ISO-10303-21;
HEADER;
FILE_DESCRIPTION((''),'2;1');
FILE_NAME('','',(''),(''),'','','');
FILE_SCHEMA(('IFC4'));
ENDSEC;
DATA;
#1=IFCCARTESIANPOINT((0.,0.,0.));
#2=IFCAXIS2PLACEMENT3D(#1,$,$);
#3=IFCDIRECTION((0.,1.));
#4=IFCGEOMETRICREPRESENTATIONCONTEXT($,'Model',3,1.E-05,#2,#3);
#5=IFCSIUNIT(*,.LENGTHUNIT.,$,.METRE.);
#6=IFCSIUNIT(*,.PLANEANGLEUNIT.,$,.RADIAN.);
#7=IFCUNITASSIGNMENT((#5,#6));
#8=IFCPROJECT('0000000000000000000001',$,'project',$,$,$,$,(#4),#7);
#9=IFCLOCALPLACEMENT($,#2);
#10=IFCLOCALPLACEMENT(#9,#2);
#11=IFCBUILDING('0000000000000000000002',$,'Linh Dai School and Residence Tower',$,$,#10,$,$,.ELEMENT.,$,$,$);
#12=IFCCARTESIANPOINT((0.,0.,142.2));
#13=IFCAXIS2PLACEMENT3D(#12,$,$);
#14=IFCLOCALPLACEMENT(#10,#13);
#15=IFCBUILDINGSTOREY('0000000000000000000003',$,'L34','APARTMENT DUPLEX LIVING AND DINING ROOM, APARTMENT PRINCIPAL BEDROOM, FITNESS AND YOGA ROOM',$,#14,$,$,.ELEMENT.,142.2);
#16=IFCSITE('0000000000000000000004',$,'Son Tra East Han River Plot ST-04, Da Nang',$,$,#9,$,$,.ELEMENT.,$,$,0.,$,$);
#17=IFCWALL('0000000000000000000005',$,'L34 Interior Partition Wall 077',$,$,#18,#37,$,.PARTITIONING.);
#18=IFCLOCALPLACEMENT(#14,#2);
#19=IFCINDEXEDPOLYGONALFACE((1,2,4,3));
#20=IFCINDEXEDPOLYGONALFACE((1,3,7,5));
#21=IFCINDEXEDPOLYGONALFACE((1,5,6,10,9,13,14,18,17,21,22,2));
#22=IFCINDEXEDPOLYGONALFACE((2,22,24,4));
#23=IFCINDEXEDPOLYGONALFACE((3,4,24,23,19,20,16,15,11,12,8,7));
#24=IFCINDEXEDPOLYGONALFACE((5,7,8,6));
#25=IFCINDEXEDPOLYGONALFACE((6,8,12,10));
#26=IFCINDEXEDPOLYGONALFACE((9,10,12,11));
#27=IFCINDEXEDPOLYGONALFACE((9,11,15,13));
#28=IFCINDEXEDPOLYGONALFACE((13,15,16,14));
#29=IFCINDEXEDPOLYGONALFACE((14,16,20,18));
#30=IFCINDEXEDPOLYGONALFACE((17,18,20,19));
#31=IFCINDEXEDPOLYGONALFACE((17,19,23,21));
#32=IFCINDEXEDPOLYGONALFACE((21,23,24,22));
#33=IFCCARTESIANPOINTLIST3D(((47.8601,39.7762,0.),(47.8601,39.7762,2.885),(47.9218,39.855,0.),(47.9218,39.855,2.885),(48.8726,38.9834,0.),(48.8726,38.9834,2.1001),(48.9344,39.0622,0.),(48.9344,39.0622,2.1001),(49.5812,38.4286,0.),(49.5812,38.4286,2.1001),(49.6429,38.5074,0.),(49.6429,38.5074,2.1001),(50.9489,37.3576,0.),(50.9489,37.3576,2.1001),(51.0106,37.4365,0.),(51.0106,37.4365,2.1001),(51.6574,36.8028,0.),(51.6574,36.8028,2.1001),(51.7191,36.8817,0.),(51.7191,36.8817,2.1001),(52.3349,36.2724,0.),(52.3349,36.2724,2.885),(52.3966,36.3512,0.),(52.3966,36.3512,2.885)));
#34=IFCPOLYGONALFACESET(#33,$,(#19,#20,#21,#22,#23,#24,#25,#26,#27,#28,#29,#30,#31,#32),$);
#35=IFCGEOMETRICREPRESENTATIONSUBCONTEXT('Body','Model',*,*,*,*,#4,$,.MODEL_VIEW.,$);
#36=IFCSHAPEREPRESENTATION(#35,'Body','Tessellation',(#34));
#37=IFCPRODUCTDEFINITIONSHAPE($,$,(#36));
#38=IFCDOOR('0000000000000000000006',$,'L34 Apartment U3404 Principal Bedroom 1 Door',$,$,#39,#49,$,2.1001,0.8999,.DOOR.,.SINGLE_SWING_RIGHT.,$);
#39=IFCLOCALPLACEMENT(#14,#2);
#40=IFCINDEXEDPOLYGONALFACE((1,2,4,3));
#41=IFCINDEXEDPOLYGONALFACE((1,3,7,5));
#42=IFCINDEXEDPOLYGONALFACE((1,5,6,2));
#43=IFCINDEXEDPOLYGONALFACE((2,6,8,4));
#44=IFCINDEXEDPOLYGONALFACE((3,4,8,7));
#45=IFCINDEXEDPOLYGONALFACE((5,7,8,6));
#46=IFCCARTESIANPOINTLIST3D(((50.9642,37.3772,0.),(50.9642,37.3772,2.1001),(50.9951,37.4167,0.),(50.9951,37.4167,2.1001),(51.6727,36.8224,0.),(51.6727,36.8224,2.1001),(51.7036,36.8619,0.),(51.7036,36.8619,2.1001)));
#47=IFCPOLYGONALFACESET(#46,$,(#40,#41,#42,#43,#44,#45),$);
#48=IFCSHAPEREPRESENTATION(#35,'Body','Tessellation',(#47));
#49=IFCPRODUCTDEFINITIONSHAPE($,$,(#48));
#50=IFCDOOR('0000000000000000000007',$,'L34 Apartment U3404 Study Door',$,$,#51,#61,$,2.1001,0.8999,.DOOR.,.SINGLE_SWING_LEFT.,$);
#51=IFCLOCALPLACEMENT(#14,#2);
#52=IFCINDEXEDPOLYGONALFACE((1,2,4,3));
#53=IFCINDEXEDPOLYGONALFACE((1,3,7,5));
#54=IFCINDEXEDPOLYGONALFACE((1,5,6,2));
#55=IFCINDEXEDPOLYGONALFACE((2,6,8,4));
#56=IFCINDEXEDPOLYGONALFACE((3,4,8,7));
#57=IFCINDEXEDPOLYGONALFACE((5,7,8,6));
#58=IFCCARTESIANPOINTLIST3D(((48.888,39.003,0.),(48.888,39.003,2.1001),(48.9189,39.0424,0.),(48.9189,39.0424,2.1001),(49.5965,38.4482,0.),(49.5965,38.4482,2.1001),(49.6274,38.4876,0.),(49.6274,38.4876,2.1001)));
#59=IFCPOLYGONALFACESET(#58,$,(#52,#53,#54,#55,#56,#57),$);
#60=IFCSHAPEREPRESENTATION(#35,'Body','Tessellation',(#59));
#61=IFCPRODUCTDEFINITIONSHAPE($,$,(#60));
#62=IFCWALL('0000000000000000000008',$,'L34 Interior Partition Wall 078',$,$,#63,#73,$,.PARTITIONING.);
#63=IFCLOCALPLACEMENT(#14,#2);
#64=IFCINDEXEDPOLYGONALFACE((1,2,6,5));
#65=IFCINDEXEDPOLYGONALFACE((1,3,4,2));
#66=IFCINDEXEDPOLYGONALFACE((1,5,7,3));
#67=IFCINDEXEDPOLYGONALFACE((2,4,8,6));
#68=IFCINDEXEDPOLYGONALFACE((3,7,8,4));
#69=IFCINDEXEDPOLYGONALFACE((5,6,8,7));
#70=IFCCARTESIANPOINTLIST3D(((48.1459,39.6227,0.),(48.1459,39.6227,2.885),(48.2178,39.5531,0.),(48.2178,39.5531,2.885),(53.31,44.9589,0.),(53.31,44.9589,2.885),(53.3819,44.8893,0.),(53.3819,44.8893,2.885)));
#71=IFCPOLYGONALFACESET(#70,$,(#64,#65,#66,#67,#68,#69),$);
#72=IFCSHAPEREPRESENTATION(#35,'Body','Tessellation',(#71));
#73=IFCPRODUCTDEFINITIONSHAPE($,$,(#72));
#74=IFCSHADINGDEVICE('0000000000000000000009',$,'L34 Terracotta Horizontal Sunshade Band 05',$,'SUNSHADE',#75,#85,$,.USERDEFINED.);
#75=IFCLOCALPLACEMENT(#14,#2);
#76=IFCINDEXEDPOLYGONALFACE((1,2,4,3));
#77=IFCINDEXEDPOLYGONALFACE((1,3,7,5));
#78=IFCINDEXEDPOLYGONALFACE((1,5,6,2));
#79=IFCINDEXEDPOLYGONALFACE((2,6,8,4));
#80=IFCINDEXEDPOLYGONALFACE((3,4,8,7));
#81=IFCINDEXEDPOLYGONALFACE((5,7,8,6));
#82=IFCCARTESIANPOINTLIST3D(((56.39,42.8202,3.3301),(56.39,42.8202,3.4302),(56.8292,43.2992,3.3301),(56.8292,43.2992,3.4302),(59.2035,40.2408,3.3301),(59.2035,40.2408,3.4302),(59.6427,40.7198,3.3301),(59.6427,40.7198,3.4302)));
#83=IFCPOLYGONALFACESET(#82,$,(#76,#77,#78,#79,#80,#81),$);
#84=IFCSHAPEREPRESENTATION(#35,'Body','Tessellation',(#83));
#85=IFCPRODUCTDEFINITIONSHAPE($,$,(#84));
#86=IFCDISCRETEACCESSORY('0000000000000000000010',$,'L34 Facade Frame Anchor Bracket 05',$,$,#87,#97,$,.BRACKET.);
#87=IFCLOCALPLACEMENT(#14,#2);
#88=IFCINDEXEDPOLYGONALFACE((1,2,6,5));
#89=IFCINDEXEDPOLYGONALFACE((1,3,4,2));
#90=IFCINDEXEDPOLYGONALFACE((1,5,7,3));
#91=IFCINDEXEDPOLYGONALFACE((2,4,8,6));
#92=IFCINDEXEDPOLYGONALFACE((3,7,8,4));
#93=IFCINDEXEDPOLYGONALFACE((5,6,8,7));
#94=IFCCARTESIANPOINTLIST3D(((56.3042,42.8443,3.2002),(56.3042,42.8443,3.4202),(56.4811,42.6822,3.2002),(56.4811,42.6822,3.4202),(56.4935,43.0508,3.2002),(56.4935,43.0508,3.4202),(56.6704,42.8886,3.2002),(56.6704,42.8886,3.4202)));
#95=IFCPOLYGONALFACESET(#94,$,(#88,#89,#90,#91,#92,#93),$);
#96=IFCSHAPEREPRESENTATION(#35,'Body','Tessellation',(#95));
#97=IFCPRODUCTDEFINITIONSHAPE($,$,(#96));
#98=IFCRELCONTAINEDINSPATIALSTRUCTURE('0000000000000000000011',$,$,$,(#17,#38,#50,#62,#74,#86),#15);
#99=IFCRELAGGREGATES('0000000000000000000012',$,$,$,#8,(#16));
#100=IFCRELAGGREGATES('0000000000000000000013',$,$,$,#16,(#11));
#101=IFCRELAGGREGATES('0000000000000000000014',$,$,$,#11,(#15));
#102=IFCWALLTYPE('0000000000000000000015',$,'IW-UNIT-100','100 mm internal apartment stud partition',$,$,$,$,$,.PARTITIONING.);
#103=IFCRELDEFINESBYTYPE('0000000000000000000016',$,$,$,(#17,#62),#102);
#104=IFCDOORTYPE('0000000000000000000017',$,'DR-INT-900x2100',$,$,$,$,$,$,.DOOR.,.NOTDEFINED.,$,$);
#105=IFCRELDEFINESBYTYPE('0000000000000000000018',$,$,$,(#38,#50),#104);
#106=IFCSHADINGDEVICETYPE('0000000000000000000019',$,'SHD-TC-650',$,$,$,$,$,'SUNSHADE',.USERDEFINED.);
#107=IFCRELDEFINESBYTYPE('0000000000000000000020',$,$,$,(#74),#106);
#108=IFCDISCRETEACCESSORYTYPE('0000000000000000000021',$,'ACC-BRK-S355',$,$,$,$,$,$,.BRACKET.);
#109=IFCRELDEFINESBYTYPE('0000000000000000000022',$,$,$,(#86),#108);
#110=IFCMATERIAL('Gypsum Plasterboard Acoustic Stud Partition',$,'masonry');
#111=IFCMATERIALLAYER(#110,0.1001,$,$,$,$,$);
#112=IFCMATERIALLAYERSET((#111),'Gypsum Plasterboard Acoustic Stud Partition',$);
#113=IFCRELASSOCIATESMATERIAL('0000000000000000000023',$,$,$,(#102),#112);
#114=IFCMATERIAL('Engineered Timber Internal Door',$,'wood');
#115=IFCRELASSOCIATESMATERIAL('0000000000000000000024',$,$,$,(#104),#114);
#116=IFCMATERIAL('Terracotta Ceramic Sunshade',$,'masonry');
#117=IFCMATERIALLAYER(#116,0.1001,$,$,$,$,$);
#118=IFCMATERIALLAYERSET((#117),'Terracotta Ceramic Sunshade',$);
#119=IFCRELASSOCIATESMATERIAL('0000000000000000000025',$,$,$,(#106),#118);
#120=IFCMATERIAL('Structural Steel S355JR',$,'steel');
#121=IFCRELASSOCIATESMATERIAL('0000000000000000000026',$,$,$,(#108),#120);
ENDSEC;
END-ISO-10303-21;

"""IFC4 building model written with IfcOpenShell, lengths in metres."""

from ifc_helpers import new_model, si_unit, direction, frame, frame_2d, origin, origin_2d, place, context, subcontext, project, spatial, rectangle, extrude, source, transform, mapped, material, layer, layer_set, type_object, element, fill, save


model = new_model("IFC4")

# Units and contexts
model_context = context("Model", 3, precision=1e-05, world=origin(), true_north=direction((0.0, 1.0)))
body_context = subcontext(model_context, "Body", "Model", "MODEL_VIEW")
ifc_project = project(units=[si_unit("LENGTHUNIT", "METRE"), si_unit("PLANEANGLEUNIT", "RADIAN")], contexts=[model_context])

# Site, building, storey
site_placement = place(None, origin())
site = spatial("IfcSite", under=ifc_project, at=site_placement, Name="Son Tra East Han River Plot ST-04, Da Nang", CompositionType="ELEMENT", RefElevation=0.0)
building_placement = place(site_placement, origin())
building = spatial("IfcBuilding", under=site, at=building_placement, Name="Linh Dai School and Residence Tower", CompositionType="ELEMENT")
storey_placement = place(building_placement, frame((0.0, 0.0, 142.2)))
storey = spatial("IfcBuildingStorey", under=building, at=storey_placement, Name="L34", Description="APARTMENT DUPLEX LIVING AND DINING ROOM, APARTMENT PRINCIPAL BEDROOM, FITNESS AND YOGA ROOM", CompositionType="ELEMENT", Elevation=142.2)

# Shared definitions
ifc_material_1 = material(Name="Structural Steel S355JR", Category="steel")

# Wall, openings, doors
ifc_material_2 = material(Name="Gypsum Plasterboard Acoustic Stud Partition", Category="masonry")
ifc_layer_1 = layer(ifc_material_2, 0.1001)
ifc_layer_set_1 = layer_set([ifc_layer_1], Name="Gypsum Plasterboard Acoustic Stud Partition")
wall_type_1 = type_object("IfcWallType", Name="IW-UNIT-100", Description="100 mm internal apartment stud partition", PredefinedType="PARTITIONING", material=ifc_layer_set_1)
wall_1_placement = place(storey_placement, frame((47.8909, 39.8157, 0.0), z_axis=(0.0, 0.0, 1.0), x_axis=(0.787347, -0.61651, 0.0)))
wall_1 = element("IfcWall", 1, at=wall_1_placement, inside=storey, type_object=wall_type_1, Name="L34 Interior Partition Wall 077", PredefinedType="PARTITIONING", context=body_context, shape_type="SweptSolid", body=[
    extrude(rectangle(XDim=5.6833, YDim=0.1001, at=frame_2d((2.8418, 0.0))), origin(), (0.0, 0.0, 1.0), 2.885),
])
opening_1_placement = place(wall_1_placement, frame((3.9231, 0.0, 0.0)))
opening_1 = element("IfcOpeningElement", 2, at=opening_1_placement, cuts=wall_1, PredefinedType="OPENING", context=body_context, shape_type="SweptSolid", body=[
    extrude(rectangle(XDim=0.8999, YDim=2.1001, at=origin_2d()), frame((0.45, 0.0601, 1.05), z_axis=(0.0, -1.0, 0.0), x_axis=(1.0, 0.0, 0.0)), (0.0, 0.0, 1.0), 0.1201),
])
opening_2_placement = place(wall_1_placement, frame((1.2861, 0.0, 0.0)))
opening_2 = element("IfcOpeningElement", 3, at=opening_2_placement, cuts=wall_1, PredefinedType="OPENING", context=body_context, shape_type="SweptSolid", body=[
    extrude(rectangle(XDim=0.8999, YDim=2.1001, at=origin_2d()), frame((0.45, 0.0601, 1.05), z_axis=(0.0, -1.0, 0.0), x_axis=(1.0, 0.0, 0.0)), (0.0, 0.0, 1.0), 0.1201),
])
ifc_material_3 = material(Name="Engineered Timber Internal Door", Category="wood")
door_type = type_object("IfcDoorType", Name="DR-INT-900x2100", OperationType="NOTDEFINED", PredefinedType="DOOR", material=ifc_material_3)
shared_shape_1 = source(origin(), body_context, "Body", "SweptSolid", [
    extrude(rectangle(XDim=0.8999, YDim=2.1001, at=origin_2d()), frame((0.45, 0.0249, 1.05), z_axis=(0.0, -1.0, 0.0), x_axis=(1.0, 0.0, 0.0)), (0.0, 0.0, 1.0), 0.05),
])
door_1_placement = place(opening_1_placement, origin())
door_1 = element("IfcDoor", 4, at=door_1_placement, inside=storey, type_object=door_type, Name="L34 Apartment U3404 Principal Bedroom 1 Door", OperationType="SINGLE_SWING_RIGHT", OverallHeight=2.1001, OverallWidth=0.8999, PredefinedType="DOOR", context=body_context, shape_type="MappedRepresentation", body=[
    mapped(shared_shape_1, transform((0.0, 0.0, 0.0), x_axis=(1.0, 0.0, 0.0), y_axis=(0.0, 1.0, 0.0), z_axis=(0.0, 0.0, 1.0), scale=1.0)),
])
fill(opening_1, door_1)
door_2_placement = place(opening_2_placement, origin())
door_2 = element("IfcDoor", 5, at=door_2_placement, inside=storey, type_object=door_type, Name="L34 Apartment U3404 Study Door", OperationType="SINGLE_SWING_LEFT", OverallHeight=2.1001, OverallWidth=0.8999, PredefinedType="DOOR", context=body_context, shape_type="MappedRepresentation", body=[
    mapped(shared_shape_1, transform((0.0, 0.0, 0.0), x_axis=(1.0, 0.0, 0.0), y_axis=(0.0, 1.0, 0.0), z_axis=(0.0, 0.0, 1.0), scale=1.0)),
])
fill(opening_2, door_2)

# Wall
wall_2_placement = place(storey_placement, frame((48.1819, 39.5879, 0.0), z_axis=(0.0, 0.0, 1.0), x_axis=(0.695423, 0.718601, 0.0)))
element("IfcWall", 6, at=wall_2_placement, inside=storey, type_object=wall_type_1, Name="L34 Interior Partition Wall 078", PredefinedType="PARTITIONING", context=body_context, shape_type="SweptSolid", body=[
    extrude(rectangle(XDim=7.4258, YDim=0.1001, at=frame_2d((3.7129, 0.0))), origin(), (0.0, 0.0, 1.0), 2.885),
])

# Shading device
ifc_material_4 = material(Name="Terracotta Ceramic Sunshade", Category="masonry")
ifc_layer_2 = layer(ifc_material_4, 0.1001)
ifc_layer_set_2 = layer_set([ifc_layer_2], Name="Terracotta Ceramic Sunshade")
shading_device_type = type_object("IfcShadingDeviceType", Name="SHD-TC-650", ElementType="SUNSHADE", PredefinedType="USERDEFINED", material=ifc_layer_set_2)
shared_shape_2 = source(origin(), body_context, "Body", "SweptSolid", [
    extrude(rectangle(XDim=3.8169, YDim=0.6499, at=origin_2d()), origin(), (0.0, 0.0, 1.0), 0.1001),
])
shading_device_placement = place(storey_placement, frame((58.0164, 41.77, 3.3301), z_axis=(0.0, 0.0, 1.0), x_axis=(0.7371, -0.675783, 0.0)))
element("IfcShadingDevice", 7, at=shading_device_placement, inside=storey, type_object=shading_device_type, Name="L34 Terracotta Horizontal Sunshade Band 05", ObjectType="SUNSHADE", PredefinedType="USERDEFINED", context=body_context, shape_type="MappedRepresentation", body=[
    mapped(shared_shape_2, transform((0.0, 0.0, 0.0), x_axis=(1.0, 0.0, 0.0), y_axis=(0.0, 1.0, 0.0), z_axis=(0.0, 0.0, 1.0), scale=1.0)),
])

# Discrete accessory
discrete_accessory_type = type_object("IfcDiscreteAccessoryType", Name="ACC-BRK-S355", PredefinedType="BRACKET", material=ifc_material_1)
shared_shape_3 = source(origin(), body_context, "Body", "SweptSolid", [
    extrude(rectangle(XDim=0.28, YDim=0.24, at=origin_2d()), origin(), (0.0, 0.0, 1.0), 0.22),
])
discrete_accessory_placement = place(storey_placement, frame((56.4873, 42.8665, 3.2002), z_axis=(0.0, 0.0, 1.0), x_axis=(0.675783, 0.7371, 0.0)))
element("IfcDiscreteAccessory", 8, at=discrete_accessory_placement, inside=storey, type_object=discrete_accessory_type, Name="L34 Facade Frame Anchor Bracket 05", PredefinedType="BRACKET", context=body_context, shape_type="MappedRepresentation", body=[
    mapped(shared_shape_3, transform((0.0, 0.0, 0.0), x_axis=(1.0, 0.0, 0.0), y_axis=(0.0, 1.0, 0.0), z_axis=(0.0, 0.0, 1.0), scale=1.0)),
])

save(model, "model.ifc")
